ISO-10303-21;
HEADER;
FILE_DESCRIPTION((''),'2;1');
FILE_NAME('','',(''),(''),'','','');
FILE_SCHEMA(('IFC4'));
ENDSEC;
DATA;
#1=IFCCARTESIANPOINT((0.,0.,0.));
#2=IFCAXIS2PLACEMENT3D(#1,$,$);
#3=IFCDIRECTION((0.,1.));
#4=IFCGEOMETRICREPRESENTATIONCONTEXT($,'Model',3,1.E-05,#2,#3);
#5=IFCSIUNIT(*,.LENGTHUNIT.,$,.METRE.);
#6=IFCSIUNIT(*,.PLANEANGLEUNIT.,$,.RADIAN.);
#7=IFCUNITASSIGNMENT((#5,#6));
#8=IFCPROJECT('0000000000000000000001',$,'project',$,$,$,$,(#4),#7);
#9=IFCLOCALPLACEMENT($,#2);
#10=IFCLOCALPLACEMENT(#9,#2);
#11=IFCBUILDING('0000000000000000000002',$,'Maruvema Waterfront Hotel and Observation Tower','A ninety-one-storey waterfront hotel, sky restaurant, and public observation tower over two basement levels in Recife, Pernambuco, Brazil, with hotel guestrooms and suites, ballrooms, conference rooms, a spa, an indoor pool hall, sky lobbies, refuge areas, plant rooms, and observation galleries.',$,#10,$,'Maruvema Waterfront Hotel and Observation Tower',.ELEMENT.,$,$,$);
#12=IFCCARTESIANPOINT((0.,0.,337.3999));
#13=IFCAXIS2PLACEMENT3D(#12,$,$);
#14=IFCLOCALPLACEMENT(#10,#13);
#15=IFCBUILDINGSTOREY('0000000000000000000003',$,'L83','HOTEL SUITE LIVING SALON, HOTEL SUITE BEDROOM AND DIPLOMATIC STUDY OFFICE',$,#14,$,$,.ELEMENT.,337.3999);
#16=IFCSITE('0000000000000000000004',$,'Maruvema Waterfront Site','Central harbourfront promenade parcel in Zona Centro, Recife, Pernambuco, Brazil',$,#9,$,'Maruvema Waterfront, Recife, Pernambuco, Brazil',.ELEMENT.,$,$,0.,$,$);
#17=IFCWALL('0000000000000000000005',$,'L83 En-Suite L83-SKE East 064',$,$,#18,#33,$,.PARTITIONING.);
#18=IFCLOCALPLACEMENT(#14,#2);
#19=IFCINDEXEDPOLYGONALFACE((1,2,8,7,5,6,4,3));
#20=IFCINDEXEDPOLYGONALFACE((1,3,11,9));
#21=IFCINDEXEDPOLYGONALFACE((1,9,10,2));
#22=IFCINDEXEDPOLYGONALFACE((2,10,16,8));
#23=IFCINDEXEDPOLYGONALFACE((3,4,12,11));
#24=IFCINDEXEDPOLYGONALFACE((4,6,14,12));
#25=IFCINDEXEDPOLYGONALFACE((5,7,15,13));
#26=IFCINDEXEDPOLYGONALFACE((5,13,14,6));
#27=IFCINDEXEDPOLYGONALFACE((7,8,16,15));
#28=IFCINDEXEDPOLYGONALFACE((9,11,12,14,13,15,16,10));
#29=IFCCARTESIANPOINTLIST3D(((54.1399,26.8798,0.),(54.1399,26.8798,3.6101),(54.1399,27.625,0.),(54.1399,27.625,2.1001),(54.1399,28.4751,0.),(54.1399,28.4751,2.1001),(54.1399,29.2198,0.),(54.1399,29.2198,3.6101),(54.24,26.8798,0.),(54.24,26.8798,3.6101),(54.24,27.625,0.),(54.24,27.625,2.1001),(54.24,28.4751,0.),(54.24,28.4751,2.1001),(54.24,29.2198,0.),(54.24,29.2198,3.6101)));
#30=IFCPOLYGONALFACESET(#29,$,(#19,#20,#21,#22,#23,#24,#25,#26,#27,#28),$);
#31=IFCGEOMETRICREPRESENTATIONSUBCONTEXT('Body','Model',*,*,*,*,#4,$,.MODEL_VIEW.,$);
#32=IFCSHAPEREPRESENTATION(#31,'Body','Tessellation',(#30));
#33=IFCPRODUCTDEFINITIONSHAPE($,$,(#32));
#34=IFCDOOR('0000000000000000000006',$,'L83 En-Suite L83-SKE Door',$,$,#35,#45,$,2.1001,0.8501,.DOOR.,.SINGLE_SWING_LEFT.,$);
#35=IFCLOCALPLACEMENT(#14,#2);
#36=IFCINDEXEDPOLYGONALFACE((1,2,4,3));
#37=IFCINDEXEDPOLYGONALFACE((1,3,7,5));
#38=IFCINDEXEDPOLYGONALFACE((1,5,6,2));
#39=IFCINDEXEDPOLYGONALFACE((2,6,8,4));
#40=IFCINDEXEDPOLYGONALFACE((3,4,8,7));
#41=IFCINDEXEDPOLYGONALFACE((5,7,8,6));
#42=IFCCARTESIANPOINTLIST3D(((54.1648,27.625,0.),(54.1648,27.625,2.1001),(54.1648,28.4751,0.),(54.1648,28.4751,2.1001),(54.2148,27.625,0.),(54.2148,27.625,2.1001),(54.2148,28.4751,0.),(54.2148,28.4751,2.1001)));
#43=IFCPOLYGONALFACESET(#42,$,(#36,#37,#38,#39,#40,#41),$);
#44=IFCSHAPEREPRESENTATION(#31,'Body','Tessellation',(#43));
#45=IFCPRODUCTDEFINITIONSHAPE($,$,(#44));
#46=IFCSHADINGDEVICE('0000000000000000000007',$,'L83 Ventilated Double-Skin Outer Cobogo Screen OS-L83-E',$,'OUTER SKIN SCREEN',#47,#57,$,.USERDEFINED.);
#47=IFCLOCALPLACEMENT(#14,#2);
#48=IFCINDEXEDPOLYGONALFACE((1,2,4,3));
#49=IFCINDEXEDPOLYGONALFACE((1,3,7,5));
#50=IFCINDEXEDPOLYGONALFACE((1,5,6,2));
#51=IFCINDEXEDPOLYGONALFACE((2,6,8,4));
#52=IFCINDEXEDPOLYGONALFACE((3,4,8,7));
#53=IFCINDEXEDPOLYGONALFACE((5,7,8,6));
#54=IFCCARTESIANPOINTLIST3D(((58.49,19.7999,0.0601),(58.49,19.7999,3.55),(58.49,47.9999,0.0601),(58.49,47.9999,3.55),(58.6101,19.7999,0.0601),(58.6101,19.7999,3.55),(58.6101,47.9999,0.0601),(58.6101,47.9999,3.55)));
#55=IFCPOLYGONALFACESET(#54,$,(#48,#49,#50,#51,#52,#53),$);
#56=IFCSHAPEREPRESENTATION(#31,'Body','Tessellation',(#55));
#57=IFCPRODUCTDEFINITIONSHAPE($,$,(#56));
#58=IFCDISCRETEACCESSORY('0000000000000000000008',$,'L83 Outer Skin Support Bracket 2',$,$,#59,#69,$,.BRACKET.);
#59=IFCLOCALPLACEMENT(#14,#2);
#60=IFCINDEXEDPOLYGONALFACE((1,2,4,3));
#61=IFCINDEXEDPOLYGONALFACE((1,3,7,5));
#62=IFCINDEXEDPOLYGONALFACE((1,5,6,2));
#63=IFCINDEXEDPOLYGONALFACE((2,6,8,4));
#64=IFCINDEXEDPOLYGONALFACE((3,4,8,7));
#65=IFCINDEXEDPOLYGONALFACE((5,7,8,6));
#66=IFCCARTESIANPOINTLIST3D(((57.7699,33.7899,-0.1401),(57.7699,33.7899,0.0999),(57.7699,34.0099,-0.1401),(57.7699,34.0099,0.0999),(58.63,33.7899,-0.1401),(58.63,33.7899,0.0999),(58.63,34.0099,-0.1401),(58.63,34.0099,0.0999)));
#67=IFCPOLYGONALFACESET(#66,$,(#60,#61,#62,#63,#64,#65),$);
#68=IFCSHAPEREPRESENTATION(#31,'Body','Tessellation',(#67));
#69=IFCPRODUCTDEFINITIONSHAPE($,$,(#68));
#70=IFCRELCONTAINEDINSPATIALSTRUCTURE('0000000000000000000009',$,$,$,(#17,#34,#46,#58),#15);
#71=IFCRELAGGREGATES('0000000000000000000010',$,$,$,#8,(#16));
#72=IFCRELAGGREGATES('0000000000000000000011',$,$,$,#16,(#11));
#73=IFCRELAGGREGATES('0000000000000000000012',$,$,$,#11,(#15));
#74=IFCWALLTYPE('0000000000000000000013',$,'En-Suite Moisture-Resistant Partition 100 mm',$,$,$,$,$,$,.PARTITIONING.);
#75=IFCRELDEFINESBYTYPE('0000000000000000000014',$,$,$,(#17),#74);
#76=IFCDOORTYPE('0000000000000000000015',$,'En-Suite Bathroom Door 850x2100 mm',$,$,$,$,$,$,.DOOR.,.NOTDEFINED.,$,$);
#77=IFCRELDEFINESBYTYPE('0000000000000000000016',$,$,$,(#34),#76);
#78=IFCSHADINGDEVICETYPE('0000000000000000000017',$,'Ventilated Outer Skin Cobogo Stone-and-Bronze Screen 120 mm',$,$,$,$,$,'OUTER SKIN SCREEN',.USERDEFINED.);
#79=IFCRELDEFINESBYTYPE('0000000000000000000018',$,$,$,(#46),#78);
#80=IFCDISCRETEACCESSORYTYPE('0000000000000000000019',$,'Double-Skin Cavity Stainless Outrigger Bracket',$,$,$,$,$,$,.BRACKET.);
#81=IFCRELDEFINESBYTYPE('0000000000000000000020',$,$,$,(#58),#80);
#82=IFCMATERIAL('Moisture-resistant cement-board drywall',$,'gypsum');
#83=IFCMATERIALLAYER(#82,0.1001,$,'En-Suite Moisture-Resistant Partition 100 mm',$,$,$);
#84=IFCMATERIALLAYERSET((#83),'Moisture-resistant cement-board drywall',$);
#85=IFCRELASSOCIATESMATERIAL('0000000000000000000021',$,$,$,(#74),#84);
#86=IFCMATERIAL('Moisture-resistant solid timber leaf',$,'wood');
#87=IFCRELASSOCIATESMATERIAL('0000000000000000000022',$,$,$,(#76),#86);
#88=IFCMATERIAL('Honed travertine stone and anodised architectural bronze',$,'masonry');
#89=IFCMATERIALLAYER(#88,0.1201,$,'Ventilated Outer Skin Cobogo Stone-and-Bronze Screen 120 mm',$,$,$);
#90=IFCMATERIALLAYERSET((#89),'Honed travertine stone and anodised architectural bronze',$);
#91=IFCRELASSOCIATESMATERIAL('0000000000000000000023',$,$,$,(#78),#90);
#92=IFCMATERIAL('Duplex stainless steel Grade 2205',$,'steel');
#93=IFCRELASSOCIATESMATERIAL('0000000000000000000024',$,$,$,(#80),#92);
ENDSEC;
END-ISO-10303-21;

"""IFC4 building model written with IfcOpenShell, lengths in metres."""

from ifc_helpers import new_model, si_unit, direction, frame, frame_2d, origin, origin_2d, place, context, subcontext, project, spatial, rectangle, extrude, material, layer, layer_set, type_object, element, fill, save


model = new_model("IFC4")

# Units and contexts
model_context = context("Model", 3, precision=1e-05, world=origin(), true_north=direction((0.0, 1.0)))
body_context = subcontext(model_context, "Body", "Model", "MODEL_VIEW")
ifc_project = project(units=[si_unit("LENGTHUNIT", "METRE"), si_unit("PLANEANGLEUNIT", "RADIAN")], contexts=[model_context])

# Site, building, storey
site_placement = place(None, origin())
site = spatial("IfcSite", under=ifc_project, at=site_placement, Name="Maruvema Waterfront Site", Description="Central harbourfront promenade parcel in Zona Centro, Recife, Pernambuco, Brazil", LongName="Maruvema Waterfront, Recife, Pernambuco, Brazil", CompositionType="ELEMENT", RefElevation=0.0)
building_placement = place(site_placement, origin())
building = spatial("IfcBuilding", under=site, at=building_placement, Name="Maruvema Waterfront Hotel and Observation Tower", Description="A ninety-one-storey waterfront hotel, sky restaurant, and public observation tower over two basement levels in Recife, Pernambuco, Brazil, with hotel guestrooms and suites, ballrooms, conference rooms, a spa, an indoor pool hall, sky lobbies, refuge areas, plant rooms, and observation galleries.", LongName="Maruvema Waterfront Hotel and Observation Tower", CompositionType="ELEMENT")
storey_placement = place(building_placement, frame((0.0, 0.0, 337.3999)))
storey = spatial("IfcBuildingStorey", under=building, at=storey_placement, Name="L83", Description="HOTEL SUITE LIVING SALON, HOTEL SUITE BEDROOM AND DIPLOMATIC STUDY OFFICE", CompositionType="ELEMENT", Elevation=337.3999)

# Wall, opening, door
ifc_material_1 = material(Name="Moisture-resistant cement-board drywall", Category="gypsum")
ifc_layer_1 = layer(ifc_material_1, 0.1001, Name="En-Suite Moisture-Resistant Partition 100 mm")
ifc_layer_set_1 = layer_set([ifc_layer_1], Name="Moisture-resistant cement-board drywall")
wall_type_1 = type_object("IfcWallType", Name="En-Suite Moisture-Resistant Partition 100 mm", PredefinedType="PARTITIONING", material=ifc_layer_set_1)
wall_1_placement = place(storey_placement, frame((54.1899, 26.8799, 0.0), z_axis=(0.0, 0.0, 1.0), x_axis=(0.0, 1.0, 0.0)))
wall_1 = element("IfcWall", 1, at=wall_1_placement, inside=storey, type_object=wall_type_1, Name="L83 En-Suite L83-SKE East 064", PredefinedType="PARTITIONING", context=body_context, shape_type="SweptSolid", body=[
    extrude(rectangle(XDim=2.3401, YDim=0.1001, at=frame_2d((1.1699, 0.0))), origin(), (0.0, 0.0, 1.0), 3.6101),
])
opening_1_placement = place(wall_1_placement, frame((0.7451, 0.0, 0.0)))
opening_1 = element("IfcOpeningElement", 2, at=opening_1_placement, cuts=wall_1, PredefinedType="OPENING", context=body_context, shape_type="SweptSolid", body=[
    extrude(rectangle(XDim=0.8501, YDim=2.1001, at=frame_2d((0.425, 1.05))), frame((0.0, 0.0601, 0.0), z_axis=(0.0, -1.0, 0.0), x_axis=(1.0, 0.0, 0.0)), (0.0, 0.0, 1.0), 0.1201),
])
ifc_material_2 = material(Name="Moisture-resistant solid timber leaf", Category="wood")
door_type_1 = type_object("IfcDoorType", Name="En-Suite Bathroom Door 850x2100 mm", OperationType="NOTDEFINED", PredefinedType="DOOR", material=ifc_material_2)
door_1_placement = place(opening_1_placement, frame((0.8501, 0.0, 0.0), z_axis=(0.0, 0.0, 1.0), x_axis=(-1.0, 0.0, 0.0)))
door_1 = element("IfcDoor", 3, at=door_1_placement, inside=storey, type_object=door_type_1, Name="L83 En-Suite L83-SKE Door", OperationType="SINGLE_SWING_LEFT", OverallHeight=2.1001, OverallWidth=0.8501, PredefinedType="DOOR", context=body_context, shape_type="SweptSolid", body=[
    extrude(rectangle(XDim=0.8501, YDim=2.1001, at=frame_2d((0.425, 1.05))), frame((0.0, 0.0249, 0.0), z_axis=(0.0, -1.0, 0.0), x_axis=(1.0, 0.0, 0.0)), (0.0, 0.0, 1.0), 0.05),
])
fill(opening_1, door_1)

# Shading device
ifc_material_3 = material(Name="Honed travertine stone and anodised architectural bronze", Category="masonry")
ifc_layer_2 = layer(ifc_material_3, 0.1201, Name="Ventilated Outer Skin Cobogo Stone-and-Bronze Screen 120 mm")
ifc_layer_set_2 = layer_set([ifc_layer_2], Name="Honed travertine stone and anodised architectural bronze")
shading_device_type = type_object("IfcShadingDeviceType", Name="Ventilated Outer Skin Cobogo Stone-and-Bronze Screen 120 mm", ElementType="OUTER SKIN SCREEN", PredefinedType="USERDEFINED", material=ifc_layer_set_2)
shading_device_placement = place(storey_placement, frame((58.55, 33.8999, 0.0601), z_axis=(0.0, 0.0, 1.0), x_axis=(0.0, 1.0, 0.0)))
element("IfcShadingDevice", 4, at=shading_device_placement, inside=storey, type_object=shading_device_type, Name="L83 Ventilated Double-Skin Outer Cobogo Screen OS-L83-E", ObjectType="OUTER SKIN SCREEN", PredefinedType="USERDEFINED", context=body_context, shape_type="SweptSolid", body=[
    extrude(rectangle(XDim=28.2, YDim=0.1201, at=origin_2d()), origin(), (0.0, 0.0, 1.0), 3.49),
])

# Discrete accessory
ifc_material_4 = material(Name="Duplex stainless steel Grade 2205", Category="steel")
discrete_accessory_type = type_object("IfcDiscreteAccessoryType", Name="Double-Skin Cavity Stainless Outrigger Bracket", PredefinedType="BRACKET", material=ifc_material_4)
discrete_accessory_placement = place(storey_placement, frame((58.2, 33.8999, -0.1401), z_axis=(0.0, 0.0, 1.0), x_axis=(0.0, 1.0, 0.0)))
element("IfcDiscreteAccessory", 5, at=discrete_accessory_placement, inside=storey, type_object=discrete_accessory_type, Name="L83 Outer Skin Support Bracket 2", PredefinedType="BRACKET", context=body_context, shape_type="SweptSolid", body=[
    extrude(rectangle(XDim=0.22, YDim=0.8601, at=origin_2d()), origin(), (0.0, 0.0, 1.0), 0.24),
])

save(model, "model.ifc")
